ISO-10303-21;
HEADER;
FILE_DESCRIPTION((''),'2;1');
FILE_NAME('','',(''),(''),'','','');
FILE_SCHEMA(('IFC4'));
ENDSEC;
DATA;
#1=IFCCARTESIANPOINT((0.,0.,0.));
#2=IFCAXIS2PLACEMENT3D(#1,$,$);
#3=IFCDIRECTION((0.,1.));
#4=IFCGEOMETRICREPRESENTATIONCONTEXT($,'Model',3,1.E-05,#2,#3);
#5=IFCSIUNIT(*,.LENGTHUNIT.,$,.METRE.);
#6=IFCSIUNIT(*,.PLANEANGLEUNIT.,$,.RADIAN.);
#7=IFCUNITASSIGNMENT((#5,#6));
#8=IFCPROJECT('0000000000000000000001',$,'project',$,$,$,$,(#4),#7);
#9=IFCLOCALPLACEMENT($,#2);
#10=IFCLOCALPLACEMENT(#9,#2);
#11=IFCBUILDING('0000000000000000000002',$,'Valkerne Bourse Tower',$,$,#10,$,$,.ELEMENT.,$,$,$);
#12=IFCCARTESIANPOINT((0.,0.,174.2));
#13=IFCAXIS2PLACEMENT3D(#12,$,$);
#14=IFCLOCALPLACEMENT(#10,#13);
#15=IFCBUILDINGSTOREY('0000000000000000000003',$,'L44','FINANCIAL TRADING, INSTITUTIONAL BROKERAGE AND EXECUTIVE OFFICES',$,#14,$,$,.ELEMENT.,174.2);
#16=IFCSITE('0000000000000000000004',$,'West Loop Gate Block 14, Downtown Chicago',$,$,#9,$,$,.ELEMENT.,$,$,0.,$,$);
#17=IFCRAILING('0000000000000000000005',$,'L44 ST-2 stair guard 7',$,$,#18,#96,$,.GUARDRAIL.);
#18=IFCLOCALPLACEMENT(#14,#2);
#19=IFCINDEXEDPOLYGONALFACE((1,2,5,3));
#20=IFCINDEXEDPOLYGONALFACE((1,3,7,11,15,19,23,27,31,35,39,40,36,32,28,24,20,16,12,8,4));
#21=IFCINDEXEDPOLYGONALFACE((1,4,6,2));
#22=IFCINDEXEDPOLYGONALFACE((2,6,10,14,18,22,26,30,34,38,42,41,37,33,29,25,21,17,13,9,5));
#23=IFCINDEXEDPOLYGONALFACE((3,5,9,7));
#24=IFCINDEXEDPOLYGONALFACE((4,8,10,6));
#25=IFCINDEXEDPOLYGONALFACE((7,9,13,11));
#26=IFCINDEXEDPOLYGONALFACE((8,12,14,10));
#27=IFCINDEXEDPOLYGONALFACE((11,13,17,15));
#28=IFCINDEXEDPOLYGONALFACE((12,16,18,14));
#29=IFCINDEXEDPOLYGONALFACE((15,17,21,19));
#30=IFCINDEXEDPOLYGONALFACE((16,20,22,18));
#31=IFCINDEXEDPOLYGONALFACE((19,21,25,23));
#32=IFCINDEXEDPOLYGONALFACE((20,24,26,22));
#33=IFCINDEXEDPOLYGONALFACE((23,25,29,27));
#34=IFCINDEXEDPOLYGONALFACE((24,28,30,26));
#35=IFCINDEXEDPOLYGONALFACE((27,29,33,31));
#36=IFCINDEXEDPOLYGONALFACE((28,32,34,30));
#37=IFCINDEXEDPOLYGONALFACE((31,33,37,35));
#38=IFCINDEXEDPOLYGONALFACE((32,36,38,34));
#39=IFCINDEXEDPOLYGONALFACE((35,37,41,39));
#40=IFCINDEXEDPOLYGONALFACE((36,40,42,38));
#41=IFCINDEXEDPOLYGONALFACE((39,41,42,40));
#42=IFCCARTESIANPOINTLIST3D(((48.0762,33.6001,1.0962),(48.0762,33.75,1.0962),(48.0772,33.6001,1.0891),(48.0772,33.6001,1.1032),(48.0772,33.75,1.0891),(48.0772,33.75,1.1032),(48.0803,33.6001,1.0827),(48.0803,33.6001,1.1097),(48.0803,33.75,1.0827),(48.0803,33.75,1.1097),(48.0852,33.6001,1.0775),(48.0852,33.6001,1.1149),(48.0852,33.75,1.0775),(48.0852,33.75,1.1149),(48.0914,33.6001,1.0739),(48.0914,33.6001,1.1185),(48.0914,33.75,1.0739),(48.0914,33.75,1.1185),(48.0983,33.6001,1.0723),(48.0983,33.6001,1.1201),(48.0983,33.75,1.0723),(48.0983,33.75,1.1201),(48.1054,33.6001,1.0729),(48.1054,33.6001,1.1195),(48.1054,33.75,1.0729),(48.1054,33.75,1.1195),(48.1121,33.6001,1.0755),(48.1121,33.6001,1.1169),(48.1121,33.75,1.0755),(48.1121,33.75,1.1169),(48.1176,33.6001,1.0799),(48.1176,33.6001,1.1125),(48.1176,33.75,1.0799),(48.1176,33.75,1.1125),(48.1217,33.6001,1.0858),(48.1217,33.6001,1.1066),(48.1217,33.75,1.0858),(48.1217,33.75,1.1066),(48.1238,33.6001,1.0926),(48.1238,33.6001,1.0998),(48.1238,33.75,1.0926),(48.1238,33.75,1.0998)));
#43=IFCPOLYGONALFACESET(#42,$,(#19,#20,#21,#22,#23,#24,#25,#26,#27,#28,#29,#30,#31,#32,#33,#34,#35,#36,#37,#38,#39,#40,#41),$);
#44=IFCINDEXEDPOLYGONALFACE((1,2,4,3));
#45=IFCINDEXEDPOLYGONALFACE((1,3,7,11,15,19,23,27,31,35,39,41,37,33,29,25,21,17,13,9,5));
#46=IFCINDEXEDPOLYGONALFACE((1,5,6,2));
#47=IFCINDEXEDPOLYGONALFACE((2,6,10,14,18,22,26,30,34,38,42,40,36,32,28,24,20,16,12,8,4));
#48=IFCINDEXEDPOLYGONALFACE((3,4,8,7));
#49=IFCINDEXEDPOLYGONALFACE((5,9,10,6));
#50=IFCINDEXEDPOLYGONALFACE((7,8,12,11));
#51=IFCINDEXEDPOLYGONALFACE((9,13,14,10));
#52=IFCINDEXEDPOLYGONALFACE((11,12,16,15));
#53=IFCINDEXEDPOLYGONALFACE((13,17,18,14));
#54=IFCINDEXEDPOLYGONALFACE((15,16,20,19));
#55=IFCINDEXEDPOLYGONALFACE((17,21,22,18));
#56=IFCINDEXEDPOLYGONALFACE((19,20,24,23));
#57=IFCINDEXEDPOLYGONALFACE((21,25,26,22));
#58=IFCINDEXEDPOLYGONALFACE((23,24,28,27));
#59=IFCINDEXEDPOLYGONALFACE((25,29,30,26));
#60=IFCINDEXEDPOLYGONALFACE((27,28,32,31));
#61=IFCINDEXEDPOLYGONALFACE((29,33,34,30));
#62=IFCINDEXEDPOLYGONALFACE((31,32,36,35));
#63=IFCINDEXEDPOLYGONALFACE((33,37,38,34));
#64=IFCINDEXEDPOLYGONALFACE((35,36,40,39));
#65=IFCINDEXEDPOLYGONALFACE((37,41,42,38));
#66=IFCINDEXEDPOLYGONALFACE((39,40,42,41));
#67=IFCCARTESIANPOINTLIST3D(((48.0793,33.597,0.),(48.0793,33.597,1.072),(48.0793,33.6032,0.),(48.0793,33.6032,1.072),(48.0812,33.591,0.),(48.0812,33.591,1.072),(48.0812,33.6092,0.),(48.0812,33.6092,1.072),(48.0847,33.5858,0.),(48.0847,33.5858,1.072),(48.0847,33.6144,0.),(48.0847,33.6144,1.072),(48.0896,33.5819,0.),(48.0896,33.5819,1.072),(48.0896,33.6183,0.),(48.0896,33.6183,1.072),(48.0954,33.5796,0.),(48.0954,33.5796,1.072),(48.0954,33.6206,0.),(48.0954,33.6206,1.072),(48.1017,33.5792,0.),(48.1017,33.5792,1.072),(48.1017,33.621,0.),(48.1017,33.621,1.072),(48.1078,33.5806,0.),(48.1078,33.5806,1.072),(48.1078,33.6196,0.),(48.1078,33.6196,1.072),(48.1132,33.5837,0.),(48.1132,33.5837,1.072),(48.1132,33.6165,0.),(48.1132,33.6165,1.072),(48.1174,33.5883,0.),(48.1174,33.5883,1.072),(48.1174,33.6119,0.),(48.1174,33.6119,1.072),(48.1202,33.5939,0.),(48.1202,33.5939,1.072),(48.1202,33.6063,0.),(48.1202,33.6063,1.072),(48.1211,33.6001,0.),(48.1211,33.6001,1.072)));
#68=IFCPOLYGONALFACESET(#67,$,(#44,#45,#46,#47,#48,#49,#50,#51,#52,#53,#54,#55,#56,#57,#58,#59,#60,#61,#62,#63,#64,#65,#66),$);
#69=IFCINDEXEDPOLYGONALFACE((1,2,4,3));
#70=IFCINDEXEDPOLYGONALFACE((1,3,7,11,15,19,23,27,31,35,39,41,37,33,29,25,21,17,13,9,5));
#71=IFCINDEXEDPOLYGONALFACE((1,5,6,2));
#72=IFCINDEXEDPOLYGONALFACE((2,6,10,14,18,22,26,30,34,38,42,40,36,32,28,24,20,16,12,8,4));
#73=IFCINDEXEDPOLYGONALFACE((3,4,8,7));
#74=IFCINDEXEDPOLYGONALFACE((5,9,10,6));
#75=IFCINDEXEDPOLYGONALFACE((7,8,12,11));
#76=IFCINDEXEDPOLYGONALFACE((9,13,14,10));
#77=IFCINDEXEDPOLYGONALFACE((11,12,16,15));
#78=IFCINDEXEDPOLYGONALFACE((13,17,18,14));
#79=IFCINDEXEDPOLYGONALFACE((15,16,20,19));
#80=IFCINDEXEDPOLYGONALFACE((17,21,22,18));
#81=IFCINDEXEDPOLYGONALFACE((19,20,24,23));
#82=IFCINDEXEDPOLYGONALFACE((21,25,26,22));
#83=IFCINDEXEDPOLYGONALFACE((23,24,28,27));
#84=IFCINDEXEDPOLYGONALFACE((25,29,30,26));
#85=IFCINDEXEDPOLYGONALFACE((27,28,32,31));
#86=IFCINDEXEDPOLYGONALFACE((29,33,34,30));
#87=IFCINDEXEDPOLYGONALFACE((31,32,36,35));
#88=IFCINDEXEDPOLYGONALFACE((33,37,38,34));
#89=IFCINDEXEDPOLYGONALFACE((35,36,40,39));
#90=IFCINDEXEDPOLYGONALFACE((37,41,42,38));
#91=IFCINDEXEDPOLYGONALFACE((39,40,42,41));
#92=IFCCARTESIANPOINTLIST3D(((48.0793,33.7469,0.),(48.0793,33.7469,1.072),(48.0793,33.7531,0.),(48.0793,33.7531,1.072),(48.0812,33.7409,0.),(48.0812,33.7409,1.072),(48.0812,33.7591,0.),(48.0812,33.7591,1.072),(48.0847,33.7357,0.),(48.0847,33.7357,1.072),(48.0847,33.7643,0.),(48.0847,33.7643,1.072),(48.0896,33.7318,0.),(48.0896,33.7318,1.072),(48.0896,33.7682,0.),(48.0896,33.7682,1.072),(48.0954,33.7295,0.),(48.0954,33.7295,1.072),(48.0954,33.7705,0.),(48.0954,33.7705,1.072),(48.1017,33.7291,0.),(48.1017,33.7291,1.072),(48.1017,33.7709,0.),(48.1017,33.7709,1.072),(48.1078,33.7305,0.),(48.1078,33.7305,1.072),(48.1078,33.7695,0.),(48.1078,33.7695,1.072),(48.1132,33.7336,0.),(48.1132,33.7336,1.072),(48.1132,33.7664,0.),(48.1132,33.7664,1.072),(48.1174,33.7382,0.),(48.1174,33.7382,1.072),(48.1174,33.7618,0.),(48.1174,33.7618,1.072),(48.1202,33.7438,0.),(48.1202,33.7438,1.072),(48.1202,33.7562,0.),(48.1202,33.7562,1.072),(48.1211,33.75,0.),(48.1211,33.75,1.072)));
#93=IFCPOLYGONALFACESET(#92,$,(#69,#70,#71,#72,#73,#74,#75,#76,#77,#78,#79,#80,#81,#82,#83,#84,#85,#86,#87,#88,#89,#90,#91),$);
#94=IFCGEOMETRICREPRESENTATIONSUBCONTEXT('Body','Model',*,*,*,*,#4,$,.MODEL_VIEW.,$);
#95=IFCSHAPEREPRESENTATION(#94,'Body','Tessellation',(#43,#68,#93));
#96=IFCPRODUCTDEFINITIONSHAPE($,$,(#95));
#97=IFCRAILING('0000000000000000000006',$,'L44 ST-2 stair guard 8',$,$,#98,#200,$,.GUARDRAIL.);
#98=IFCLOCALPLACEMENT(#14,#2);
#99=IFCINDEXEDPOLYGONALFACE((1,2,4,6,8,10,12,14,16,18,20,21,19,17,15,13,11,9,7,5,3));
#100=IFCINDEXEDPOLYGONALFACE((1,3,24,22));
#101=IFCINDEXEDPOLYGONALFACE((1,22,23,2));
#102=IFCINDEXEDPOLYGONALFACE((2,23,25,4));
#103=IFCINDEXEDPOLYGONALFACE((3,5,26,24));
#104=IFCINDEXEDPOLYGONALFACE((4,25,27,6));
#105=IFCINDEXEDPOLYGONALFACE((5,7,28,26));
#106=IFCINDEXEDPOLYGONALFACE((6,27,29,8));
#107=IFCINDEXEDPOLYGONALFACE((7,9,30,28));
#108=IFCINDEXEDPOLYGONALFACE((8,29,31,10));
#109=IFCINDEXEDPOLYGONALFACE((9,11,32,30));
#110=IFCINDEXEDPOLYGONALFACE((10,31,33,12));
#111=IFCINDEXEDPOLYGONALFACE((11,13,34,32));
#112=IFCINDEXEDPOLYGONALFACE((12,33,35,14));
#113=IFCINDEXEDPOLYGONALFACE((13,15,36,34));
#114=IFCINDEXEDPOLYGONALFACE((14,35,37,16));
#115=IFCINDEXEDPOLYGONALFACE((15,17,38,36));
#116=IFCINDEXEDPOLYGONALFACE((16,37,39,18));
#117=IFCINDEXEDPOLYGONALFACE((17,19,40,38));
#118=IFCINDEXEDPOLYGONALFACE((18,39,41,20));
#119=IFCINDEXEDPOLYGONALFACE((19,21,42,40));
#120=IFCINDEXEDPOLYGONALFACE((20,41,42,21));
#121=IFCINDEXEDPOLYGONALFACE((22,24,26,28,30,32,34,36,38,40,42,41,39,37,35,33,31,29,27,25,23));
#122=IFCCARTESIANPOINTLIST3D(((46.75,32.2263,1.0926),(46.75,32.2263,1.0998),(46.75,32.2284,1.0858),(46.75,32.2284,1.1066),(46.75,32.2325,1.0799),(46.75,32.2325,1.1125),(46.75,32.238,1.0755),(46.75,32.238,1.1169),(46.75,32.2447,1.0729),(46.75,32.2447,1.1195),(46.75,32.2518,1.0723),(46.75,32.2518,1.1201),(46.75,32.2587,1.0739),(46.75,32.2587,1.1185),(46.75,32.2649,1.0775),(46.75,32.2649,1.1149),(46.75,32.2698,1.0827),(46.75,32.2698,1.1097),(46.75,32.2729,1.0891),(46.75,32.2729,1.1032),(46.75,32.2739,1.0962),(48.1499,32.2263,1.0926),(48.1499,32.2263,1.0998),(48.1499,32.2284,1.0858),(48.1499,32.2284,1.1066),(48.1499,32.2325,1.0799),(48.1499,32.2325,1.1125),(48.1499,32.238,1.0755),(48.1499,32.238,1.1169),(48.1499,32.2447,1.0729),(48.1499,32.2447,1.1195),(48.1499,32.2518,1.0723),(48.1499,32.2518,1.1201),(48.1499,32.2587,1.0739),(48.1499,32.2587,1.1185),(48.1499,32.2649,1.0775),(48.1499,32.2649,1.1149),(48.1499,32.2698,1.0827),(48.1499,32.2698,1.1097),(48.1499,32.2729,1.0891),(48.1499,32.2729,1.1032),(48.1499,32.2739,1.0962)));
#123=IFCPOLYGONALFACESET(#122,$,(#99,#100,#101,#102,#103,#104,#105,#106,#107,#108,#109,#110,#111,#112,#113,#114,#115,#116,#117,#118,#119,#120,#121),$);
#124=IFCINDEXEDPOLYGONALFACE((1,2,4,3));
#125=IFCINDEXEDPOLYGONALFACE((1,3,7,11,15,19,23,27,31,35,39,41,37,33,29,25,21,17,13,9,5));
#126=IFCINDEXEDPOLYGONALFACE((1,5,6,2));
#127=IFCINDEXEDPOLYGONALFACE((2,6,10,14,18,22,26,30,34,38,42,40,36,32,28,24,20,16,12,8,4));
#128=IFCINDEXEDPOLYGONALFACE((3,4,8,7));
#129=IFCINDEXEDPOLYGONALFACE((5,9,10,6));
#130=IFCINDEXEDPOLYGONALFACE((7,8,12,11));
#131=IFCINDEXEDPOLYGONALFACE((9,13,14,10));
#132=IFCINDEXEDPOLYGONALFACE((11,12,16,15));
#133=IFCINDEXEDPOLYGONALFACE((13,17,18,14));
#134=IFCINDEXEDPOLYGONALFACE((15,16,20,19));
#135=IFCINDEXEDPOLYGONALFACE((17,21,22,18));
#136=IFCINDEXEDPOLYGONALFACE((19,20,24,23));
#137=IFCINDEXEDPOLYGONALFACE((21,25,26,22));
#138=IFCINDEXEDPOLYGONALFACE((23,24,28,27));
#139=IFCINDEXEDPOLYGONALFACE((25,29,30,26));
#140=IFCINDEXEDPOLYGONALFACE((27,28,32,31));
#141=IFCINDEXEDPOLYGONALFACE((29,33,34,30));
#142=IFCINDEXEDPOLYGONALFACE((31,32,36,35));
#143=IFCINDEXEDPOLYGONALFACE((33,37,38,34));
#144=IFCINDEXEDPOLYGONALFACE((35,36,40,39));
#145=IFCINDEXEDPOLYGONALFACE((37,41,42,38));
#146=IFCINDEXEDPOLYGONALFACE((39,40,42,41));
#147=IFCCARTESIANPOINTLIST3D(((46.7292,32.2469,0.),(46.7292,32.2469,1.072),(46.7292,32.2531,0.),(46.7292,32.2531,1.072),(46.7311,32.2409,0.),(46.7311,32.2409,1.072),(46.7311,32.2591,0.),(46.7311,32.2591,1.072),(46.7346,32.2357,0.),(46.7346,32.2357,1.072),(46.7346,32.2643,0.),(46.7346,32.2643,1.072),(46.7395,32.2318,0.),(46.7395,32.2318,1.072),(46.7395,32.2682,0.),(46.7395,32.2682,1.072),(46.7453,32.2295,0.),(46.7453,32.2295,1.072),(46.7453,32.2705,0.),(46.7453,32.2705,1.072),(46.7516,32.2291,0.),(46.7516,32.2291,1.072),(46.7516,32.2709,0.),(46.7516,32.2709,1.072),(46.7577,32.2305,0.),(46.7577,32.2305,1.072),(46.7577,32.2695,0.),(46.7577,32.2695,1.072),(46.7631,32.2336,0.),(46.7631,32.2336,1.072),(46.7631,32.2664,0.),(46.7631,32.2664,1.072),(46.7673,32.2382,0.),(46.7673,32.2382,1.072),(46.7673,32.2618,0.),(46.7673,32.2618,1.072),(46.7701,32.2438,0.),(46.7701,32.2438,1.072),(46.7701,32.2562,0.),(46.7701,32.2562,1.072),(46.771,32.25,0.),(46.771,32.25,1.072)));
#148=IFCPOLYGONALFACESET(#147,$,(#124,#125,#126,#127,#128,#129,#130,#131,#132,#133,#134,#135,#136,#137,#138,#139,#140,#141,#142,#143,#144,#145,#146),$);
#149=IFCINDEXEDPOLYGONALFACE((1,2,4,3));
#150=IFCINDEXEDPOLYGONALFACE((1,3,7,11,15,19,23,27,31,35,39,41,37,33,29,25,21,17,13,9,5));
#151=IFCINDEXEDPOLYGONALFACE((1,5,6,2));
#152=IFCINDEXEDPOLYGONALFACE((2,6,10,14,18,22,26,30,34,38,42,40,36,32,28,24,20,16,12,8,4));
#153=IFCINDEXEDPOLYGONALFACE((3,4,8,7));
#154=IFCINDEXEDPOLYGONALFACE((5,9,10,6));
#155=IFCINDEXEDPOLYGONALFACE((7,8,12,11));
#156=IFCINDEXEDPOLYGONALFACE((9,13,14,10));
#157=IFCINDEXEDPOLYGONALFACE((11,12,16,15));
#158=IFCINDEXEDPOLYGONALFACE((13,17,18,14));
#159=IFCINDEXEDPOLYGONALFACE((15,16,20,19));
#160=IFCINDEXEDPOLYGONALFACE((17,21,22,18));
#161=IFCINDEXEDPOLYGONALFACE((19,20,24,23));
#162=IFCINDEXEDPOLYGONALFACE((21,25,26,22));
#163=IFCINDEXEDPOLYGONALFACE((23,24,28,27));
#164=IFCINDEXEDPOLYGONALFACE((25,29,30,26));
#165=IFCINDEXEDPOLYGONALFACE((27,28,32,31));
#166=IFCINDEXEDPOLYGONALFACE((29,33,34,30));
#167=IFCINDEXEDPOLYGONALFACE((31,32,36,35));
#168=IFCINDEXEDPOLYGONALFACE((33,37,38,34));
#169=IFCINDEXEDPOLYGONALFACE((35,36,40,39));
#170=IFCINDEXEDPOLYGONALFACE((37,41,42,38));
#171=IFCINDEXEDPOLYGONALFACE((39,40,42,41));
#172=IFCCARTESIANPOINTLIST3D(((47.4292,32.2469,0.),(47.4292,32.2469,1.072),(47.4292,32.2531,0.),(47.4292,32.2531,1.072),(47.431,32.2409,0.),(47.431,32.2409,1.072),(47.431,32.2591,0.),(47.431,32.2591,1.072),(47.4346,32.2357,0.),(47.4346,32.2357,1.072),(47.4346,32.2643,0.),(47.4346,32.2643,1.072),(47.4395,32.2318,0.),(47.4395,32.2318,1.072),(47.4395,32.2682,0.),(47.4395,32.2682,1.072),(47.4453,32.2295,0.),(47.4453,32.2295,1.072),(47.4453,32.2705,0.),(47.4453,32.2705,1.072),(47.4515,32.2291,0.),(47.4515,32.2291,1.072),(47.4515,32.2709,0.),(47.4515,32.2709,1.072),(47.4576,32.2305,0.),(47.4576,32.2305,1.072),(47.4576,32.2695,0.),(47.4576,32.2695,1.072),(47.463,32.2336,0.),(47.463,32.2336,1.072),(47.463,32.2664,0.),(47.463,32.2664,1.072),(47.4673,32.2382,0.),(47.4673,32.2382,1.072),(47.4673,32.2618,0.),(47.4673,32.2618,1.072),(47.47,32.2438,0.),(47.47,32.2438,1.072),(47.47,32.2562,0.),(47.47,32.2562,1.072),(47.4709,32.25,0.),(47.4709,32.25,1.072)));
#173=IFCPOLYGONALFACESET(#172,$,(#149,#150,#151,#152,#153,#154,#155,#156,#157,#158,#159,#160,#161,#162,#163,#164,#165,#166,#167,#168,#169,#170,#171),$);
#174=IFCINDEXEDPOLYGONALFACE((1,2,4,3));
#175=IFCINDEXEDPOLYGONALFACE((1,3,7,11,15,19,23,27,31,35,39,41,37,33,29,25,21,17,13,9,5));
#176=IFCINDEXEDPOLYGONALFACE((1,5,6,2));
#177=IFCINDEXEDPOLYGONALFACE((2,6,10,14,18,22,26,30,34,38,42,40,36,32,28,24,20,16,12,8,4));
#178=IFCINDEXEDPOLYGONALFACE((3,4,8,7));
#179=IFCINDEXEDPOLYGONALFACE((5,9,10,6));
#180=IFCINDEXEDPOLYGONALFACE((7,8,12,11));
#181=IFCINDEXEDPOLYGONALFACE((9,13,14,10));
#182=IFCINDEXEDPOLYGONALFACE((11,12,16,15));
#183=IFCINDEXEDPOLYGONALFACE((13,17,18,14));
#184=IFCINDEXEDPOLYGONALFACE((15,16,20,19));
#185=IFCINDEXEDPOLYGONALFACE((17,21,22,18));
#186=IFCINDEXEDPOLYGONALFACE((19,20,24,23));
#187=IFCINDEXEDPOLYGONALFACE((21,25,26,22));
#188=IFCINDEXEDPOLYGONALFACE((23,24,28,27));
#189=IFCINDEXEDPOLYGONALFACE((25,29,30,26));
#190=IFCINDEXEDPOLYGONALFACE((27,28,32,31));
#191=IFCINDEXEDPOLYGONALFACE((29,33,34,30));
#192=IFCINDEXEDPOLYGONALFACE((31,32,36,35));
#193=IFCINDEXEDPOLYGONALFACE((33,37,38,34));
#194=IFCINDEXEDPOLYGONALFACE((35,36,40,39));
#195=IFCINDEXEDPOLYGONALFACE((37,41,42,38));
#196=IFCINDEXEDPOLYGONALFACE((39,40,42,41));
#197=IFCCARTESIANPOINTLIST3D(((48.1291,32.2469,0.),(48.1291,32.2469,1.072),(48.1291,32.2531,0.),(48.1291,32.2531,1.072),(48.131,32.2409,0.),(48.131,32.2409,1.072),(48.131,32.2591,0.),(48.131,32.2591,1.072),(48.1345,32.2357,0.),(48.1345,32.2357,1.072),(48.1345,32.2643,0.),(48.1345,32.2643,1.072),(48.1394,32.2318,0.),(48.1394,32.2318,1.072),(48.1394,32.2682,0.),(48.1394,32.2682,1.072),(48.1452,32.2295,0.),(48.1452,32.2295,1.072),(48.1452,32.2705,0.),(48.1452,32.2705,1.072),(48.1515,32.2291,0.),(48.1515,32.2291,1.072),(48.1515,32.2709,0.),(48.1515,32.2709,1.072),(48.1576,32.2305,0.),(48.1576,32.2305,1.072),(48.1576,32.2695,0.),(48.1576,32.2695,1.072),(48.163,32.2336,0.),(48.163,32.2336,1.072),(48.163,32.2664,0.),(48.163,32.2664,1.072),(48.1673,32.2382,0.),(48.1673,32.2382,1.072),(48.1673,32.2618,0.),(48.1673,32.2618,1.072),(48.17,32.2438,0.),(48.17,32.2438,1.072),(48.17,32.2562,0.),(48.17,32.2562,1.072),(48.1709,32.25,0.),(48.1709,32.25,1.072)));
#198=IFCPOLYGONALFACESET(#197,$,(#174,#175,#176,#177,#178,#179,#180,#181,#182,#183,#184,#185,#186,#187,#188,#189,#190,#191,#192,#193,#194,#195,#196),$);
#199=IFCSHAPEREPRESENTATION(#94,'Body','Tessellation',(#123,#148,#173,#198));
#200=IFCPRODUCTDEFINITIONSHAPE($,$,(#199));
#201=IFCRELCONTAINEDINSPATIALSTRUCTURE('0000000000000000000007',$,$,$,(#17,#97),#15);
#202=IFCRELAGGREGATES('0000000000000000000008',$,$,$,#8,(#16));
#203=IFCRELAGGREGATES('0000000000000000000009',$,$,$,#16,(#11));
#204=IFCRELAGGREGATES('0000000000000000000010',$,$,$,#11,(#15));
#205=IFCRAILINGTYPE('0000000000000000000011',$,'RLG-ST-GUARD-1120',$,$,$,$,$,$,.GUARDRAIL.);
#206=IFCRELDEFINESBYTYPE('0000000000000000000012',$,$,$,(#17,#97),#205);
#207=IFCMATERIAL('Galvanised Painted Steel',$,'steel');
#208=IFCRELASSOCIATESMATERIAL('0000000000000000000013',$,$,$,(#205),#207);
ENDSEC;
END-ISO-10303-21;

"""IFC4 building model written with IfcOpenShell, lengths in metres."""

from ifc_helpers import new_model, si_unit, direction, frame, origin, origin_2d, place, context, subcontext, project, spatial, circle, extrude, material, type_object, element, save


model = new_model("IFC4")

# Units and contexts
model_context = context("Model", 3, precision=1e-05, world=origin(), true_north=direction((0.0, 1.0)))
body_context = subcontext(model_context, "Body", "Model", "MODEL_VIEW")
ifc_project = project(units=[si_unit("LENGTHUNIT", "METRE"), si_unit("PLANEANGLEUNIT", "RADIAN")], contexts=[model_context])

# Site, building, storey
site_placement = place(None, origin())
site = spatial("IfcSite", under=ifc_project, at=site_placement, Name="West Loop Gate Block 14, Downtown Chicago", CompositionType="ELEMENT", RefElevation=0.0)
building_placement = place(site_placement, origin())
building = spatial("IfcBuilding", under=site, at=building_placement, Name="Valkerne Bourse Tower", CompositionType="ELEMENT")
storey_placement = place(building_placement, frame((0.0, 0.0, 174.2)))
storey = spatial("IfcBuildingStorey", under=building, at=storey_placement, Name="L44", Description="FINANCIAL TRADING, INSTITUTIONAL BROKERAGE AND EXECUTIVE OFFICES", CompositionType="ELEMENT", Elevation=174.2)

# Shared definitions
ifc_material_1 = material(Name="Galvanised Painted Steel", Category="steel")

# Railings
railing_type_1 = type_object("IfcRailingType", Name="RLG-ST-GUARD-1120", PredefinedType="GUARDRAIL", material=ifc_material_1)
railing_1_placement = place(storey_placement, frame((48.1001, 33.6001, 0.0)))
element("IfcRailing", 1, at=railing_1_placement, inside=storey, type_object=railing_type_1, Name="L44 ST-2 stair guard 7", PredefinedType="GUARDRAIL", context=body_context, shape_type="SweptSolid", body=[
    extrude(circle(Radius=0.0239, at=origin_2d()), frame((0.0, 0.0, 1.0962), z_axis=(0.0, 1.0, 0.0), x_axis=(-1.0, 0.0, 0.0)), (0.0, 0.0, 1.0), 0.1499),
    extrude(circle(Radius=0.021, at=origin_2d()), origin(), (0.0, 0.0, 1.0), 1.072),
    extrude(circle(Radius=0.021, at=origin_2d()), frame((0.0, 0.1499, 0.0)), (0.0, 0.0, 1.0), 1.072),
])
for number, where, name in (
    (2, (46.75, 32.25, 0.0), "L44 ST-2 stair guard 8"),
):
    element("IfcRailing", number, at=place(storey_placement, frame(where)), inside=storey, type_object=railing_type_1, Name=name, PredefinedType="GUARDRAIL", context=body_context, shape_type="SweptSolid", body=[
        extrude(circle(Radius=0.0239, at=origin_2d()), frame((0.0, 0.0, 1.0962), z_axis=(1.0, 0.0, 0.0), x_axis=(0.0, 1.0, 0.0)), (0.0, 0.0, 1.0), 1.3999),
        extrude(circle(Radius=0.021, at=origin_2d()), origin(), (0.0, 0.0, 1.0), 1.072),
        extrude(circle(Radius=0.021, at=origin_2d()), frame((0.7, 0.0, 0.0)), (0.0, 0.0, 1.0), 1.072),
        extrude(circle(Radius=0.021, at=origin_2d()), frame((1.3999, 0.0, 0.0)), (0.0, 0.0, 1.0), 1.072),
    ])

save(model, "model.ifc")
